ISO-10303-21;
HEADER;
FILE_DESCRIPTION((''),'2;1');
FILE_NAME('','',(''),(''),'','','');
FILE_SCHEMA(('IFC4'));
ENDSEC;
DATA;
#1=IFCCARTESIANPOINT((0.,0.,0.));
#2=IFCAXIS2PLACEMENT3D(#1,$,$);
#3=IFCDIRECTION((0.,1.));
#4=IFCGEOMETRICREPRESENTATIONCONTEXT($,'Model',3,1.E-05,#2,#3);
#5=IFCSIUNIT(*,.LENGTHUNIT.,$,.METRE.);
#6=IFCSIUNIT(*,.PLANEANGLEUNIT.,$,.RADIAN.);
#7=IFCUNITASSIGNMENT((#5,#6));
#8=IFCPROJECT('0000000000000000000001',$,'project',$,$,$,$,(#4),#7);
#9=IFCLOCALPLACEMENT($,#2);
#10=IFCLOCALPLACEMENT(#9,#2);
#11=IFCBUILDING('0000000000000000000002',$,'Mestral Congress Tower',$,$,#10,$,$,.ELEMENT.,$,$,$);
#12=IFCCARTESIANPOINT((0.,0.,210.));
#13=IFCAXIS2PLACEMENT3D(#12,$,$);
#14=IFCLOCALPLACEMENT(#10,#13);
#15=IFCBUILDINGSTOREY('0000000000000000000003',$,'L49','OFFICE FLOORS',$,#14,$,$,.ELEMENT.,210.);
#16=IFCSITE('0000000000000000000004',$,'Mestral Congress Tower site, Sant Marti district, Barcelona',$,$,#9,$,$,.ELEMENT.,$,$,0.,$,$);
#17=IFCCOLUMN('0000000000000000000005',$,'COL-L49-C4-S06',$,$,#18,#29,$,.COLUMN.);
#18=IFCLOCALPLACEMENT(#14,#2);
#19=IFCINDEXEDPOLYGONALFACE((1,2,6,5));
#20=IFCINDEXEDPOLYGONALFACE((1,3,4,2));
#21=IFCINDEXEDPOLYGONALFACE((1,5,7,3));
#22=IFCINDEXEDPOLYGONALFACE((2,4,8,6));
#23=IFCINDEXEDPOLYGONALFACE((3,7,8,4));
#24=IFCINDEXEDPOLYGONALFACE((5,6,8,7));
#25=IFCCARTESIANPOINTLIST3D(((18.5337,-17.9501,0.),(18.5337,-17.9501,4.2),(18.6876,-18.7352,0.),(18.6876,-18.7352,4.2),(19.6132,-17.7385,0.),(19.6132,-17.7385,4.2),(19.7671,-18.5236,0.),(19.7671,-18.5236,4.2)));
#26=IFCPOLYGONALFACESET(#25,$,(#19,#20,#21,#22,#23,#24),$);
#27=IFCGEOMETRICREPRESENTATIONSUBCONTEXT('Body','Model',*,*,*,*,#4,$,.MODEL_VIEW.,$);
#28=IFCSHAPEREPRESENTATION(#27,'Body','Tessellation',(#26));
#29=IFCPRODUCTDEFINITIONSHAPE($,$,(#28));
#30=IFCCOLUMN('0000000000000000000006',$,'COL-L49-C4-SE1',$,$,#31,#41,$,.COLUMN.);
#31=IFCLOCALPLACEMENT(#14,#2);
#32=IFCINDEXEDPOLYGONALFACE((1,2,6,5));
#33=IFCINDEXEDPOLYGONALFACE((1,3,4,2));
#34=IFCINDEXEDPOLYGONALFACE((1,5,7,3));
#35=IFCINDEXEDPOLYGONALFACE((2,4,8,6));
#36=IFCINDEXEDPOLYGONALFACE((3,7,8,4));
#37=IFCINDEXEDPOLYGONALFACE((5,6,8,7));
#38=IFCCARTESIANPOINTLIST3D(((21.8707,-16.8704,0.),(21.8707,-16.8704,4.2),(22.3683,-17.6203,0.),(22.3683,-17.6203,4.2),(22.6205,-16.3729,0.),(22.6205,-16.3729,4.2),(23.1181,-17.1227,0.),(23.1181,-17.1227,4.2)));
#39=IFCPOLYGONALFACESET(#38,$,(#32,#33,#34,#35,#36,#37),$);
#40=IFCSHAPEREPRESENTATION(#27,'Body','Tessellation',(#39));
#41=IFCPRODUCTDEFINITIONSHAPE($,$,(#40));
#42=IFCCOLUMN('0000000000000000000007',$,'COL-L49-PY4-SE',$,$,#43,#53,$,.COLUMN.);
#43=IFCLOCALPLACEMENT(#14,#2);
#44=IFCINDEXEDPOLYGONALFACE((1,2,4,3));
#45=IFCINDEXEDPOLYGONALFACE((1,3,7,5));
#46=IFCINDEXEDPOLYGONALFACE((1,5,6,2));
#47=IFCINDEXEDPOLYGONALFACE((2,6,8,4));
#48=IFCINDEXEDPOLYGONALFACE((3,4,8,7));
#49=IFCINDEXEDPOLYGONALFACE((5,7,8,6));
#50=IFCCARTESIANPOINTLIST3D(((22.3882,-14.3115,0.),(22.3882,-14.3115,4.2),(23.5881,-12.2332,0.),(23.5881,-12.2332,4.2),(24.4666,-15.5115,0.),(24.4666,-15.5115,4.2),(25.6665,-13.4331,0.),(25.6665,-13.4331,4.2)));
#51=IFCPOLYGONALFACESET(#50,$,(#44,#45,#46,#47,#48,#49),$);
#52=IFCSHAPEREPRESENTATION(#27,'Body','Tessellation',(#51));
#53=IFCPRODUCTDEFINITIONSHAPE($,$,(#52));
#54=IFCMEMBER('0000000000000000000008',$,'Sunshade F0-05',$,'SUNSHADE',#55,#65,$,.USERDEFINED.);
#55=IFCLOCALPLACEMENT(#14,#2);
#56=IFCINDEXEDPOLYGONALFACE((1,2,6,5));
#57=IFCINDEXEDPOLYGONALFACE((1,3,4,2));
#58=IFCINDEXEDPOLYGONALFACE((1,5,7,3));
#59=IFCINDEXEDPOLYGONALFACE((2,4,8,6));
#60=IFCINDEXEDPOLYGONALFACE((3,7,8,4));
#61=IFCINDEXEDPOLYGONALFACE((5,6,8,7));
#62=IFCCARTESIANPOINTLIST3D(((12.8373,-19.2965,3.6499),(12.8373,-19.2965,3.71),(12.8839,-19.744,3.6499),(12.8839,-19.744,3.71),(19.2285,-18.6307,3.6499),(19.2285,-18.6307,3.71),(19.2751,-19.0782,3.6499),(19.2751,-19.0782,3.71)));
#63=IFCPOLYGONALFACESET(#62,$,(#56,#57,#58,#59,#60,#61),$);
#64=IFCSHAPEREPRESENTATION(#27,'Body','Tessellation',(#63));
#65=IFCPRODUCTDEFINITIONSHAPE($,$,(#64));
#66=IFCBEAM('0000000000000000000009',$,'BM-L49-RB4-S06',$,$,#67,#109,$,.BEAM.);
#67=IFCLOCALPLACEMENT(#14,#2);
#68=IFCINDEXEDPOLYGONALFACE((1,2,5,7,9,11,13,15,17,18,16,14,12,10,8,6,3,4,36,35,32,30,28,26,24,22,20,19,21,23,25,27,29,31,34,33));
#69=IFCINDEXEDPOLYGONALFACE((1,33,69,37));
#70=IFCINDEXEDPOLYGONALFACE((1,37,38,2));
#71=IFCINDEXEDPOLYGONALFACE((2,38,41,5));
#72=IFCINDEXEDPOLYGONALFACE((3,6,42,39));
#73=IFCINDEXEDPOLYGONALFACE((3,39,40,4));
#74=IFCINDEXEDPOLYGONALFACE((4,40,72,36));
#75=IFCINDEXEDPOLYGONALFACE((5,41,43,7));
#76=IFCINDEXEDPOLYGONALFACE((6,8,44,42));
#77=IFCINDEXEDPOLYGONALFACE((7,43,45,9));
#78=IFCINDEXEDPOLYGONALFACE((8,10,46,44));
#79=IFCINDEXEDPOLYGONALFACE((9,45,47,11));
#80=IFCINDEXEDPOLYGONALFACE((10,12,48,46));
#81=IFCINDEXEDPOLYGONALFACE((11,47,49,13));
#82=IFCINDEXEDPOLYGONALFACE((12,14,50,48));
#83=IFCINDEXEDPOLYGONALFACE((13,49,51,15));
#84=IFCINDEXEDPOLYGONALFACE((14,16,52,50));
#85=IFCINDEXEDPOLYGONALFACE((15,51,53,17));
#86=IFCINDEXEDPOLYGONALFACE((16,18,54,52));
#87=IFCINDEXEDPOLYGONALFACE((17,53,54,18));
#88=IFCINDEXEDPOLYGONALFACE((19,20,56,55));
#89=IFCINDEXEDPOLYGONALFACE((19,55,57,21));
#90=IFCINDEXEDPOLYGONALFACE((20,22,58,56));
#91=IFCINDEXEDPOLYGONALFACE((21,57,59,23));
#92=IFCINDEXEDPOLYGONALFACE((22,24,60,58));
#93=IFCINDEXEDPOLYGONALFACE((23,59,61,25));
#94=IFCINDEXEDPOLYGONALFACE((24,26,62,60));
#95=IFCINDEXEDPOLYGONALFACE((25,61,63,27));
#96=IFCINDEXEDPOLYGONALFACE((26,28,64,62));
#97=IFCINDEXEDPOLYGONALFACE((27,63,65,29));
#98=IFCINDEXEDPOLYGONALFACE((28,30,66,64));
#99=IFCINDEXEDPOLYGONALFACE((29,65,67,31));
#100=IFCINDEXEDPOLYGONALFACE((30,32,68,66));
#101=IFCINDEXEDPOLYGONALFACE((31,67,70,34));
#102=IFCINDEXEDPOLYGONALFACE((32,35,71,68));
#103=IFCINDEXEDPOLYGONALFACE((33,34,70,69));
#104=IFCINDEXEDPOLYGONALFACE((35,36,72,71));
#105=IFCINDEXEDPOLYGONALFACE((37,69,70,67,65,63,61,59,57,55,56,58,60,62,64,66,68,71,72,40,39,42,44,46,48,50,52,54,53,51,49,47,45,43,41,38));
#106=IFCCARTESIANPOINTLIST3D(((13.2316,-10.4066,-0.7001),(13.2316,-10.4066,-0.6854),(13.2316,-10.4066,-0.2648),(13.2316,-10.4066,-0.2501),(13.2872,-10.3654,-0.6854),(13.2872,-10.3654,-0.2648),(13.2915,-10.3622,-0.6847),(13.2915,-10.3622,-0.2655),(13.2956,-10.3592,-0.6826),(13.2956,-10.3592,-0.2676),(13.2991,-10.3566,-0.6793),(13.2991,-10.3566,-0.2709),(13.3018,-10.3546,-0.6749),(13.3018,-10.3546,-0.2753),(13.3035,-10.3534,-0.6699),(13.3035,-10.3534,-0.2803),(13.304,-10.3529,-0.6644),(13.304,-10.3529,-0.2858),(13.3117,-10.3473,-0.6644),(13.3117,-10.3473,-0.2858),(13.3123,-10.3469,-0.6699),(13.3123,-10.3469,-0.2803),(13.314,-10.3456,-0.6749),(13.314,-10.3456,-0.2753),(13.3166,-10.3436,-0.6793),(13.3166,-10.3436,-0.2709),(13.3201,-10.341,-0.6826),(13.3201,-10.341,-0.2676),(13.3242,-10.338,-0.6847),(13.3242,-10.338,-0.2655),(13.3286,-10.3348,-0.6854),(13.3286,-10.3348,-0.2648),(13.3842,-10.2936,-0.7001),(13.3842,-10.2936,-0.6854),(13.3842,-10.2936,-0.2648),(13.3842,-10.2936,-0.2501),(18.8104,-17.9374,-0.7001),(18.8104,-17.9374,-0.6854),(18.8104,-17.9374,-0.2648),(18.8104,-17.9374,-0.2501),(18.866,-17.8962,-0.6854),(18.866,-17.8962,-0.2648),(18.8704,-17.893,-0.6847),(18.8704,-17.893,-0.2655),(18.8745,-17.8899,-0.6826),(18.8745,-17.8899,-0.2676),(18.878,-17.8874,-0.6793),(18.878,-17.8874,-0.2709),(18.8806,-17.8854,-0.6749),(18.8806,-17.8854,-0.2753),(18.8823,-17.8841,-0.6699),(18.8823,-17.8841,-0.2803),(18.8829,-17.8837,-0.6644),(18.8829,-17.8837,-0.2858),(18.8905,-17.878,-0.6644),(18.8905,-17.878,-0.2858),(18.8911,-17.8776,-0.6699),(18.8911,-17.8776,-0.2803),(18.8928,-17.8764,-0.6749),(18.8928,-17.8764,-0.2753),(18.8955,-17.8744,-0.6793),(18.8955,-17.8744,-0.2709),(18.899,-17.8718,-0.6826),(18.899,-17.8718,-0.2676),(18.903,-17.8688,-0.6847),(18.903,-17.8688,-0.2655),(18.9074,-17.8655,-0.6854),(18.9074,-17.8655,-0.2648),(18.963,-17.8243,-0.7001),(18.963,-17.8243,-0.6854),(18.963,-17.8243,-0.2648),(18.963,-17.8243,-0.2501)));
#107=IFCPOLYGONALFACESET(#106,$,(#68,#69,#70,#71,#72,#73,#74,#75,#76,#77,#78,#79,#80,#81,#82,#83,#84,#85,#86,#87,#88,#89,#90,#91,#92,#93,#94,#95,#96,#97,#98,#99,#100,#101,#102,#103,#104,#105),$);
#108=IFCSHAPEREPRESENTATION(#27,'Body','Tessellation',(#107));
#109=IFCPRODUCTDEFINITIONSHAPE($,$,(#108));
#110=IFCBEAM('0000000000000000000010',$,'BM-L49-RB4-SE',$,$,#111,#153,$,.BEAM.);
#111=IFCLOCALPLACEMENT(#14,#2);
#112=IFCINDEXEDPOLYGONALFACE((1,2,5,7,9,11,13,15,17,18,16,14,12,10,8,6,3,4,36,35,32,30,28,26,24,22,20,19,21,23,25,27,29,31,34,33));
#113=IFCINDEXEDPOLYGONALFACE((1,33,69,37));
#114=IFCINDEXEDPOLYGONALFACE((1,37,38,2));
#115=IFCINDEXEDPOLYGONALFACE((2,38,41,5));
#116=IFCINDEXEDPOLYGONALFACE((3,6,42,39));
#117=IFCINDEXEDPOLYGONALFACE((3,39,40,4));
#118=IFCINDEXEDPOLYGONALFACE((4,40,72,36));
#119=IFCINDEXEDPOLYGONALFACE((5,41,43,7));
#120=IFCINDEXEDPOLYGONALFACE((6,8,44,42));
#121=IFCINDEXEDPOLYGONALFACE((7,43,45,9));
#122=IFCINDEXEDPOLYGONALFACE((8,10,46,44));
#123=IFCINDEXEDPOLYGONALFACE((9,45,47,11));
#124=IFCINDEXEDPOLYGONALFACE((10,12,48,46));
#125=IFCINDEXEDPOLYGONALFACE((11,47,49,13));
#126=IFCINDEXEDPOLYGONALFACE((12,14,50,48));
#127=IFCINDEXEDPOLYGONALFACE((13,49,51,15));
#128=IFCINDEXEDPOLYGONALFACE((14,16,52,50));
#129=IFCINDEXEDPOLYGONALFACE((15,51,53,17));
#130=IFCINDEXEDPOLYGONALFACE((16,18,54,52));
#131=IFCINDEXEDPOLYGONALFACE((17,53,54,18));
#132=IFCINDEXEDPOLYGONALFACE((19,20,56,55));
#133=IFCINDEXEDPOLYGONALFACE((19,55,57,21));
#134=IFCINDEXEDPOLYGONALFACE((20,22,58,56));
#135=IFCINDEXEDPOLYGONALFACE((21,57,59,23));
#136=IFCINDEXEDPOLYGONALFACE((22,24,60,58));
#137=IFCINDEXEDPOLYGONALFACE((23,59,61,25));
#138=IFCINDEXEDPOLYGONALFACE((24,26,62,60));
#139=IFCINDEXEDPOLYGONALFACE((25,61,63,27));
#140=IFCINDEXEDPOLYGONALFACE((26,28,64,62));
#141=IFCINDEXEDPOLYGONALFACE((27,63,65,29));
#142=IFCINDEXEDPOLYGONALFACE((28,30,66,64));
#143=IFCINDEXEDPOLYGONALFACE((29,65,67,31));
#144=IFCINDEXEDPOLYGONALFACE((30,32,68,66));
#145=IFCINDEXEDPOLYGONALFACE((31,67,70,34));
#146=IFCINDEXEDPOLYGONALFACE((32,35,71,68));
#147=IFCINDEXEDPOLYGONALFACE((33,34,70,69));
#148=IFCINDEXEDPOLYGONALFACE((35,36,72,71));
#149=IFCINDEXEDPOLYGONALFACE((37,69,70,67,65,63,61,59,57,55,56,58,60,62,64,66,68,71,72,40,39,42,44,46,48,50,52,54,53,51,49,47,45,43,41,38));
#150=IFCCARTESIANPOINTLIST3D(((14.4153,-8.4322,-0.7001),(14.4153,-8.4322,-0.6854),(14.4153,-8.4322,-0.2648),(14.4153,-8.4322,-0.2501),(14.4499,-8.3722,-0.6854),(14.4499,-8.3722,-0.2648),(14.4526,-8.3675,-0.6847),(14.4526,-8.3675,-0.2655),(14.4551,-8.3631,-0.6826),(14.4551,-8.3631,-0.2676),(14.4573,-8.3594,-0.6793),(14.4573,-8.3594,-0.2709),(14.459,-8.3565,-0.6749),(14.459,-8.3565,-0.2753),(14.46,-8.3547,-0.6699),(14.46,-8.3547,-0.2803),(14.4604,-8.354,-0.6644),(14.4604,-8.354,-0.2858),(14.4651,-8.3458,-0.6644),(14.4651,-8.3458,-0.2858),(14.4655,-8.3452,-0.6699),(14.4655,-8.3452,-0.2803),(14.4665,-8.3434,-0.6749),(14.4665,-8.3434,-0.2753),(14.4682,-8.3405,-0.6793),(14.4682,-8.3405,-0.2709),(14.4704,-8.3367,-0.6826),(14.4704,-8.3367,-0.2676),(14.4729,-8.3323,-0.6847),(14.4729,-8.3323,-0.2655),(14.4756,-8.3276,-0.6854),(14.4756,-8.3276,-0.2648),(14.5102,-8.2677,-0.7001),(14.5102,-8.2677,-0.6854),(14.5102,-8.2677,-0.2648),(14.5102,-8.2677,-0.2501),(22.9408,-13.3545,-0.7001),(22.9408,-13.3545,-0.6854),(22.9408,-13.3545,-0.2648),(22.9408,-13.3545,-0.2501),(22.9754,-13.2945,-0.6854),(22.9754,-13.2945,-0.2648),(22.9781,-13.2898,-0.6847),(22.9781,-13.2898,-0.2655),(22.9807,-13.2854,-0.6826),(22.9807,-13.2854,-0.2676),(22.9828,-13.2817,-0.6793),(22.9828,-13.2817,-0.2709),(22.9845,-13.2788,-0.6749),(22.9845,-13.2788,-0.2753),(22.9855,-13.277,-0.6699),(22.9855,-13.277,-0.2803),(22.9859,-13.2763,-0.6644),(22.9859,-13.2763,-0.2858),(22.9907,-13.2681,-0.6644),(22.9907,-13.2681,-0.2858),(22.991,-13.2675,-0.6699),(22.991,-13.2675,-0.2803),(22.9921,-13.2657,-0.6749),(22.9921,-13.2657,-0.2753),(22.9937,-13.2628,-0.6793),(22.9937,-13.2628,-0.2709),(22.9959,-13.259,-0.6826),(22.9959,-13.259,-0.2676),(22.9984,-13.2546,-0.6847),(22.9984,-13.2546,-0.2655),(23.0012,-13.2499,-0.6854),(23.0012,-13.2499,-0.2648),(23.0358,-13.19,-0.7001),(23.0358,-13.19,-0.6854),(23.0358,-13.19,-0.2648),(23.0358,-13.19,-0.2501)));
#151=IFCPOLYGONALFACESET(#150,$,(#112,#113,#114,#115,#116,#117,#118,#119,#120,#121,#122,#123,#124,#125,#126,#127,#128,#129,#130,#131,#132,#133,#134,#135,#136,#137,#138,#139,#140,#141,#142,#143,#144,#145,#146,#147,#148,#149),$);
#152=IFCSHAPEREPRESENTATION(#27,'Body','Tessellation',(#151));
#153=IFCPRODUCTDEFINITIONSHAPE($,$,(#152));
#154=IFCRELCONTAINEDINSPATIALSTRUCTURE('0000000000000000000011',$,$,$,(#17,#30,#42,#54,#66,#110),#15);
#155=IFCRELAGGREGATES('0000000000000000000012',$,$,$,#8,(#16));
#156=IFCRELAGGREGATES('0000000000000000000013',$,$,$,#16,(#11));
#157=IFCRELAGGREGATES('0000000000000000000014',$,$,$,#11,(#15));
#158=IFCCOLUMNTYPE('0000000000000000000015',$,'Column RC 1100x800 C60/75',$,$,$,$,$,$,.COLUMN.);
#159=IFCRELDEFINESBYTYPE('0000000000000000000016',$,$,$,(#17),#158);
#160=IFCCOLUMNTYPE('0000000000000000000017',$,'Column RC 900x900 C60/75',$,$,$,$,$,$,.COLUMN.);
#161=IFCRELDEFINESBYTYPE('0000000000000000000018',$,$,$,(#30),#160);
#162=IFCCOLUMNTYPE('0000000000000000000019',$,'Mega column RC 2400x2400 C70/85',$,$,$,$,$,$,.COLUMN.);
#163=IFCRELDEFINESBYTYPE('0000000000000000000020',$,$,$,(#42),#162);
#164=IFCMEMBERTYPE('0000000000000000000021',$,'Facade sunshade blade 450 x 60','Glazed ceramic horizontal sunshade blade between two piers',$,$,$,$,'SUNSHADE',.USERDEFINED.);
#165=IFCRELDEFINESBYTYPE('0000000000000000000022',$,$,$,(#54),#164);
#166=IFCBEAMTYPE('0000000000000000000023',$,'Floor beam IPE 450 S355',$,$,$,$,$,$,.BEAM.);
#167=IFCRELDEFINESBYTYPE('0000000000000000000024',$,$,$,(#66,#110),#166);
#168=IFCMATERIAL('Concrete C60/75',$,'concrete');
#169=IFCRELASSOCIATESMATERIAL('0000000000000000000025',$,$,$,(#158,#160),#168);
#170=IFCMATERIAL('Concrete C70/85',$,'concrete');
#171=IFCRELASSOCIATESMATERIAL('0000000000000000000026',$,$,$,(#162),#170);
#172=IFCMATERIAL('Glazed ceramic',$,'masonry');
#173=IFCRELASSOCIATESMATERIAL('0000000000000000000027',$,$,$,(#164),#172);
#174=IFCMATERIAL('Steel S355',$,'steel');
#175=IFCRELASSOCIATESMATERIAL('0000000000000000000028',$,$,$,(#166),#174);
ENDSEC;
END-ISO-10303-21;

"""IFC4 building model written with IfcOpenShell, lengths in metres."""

from ifc_helpers import new_model, si_unit, direction, frame, origin, origin_2d, place, context, subcontext, project, spatial, rectangle, i_section, extrude, material, material_profile, profile_set, type_object, element, save


model = new_model("IFC4")

# Units and contexts
model_context = context("Model", 3, precision=1e-05, world=origin(), true_north=direction((0.0, 1.0)))
body_context = subcontext(model_context, "Body", "Model", "MODEL_VIEW")
ifc_project = project(units=[si_unit("LENGTHUNIT", "METRE"), si_unit("PLANEANGLEUNIT", "RADIAN")], contexts=[model_context])

# Site, building, storey
site_placement = place(None, origin())
site = spatial("IfcSite", under=ifc_project, at=site_placement, Name="Mestral Congress Tower site, Sant Marti district, Barcelona", CompositionType="ELEMENT", RefElevation=0.0)
building_placement = place(site_placement, origin())
building = spatial("IfcBuilding", under=site, at=building_placement, Name="Mestral Congress Tower", CompositionType="ELEMENT")
storey_placement = place(building_placement, frame((0.0, 0.0, 210.0)))
storey = spatial("IfcBuildingStorey", under=building, at=storey_placement, Name="L49", Description="OFFICE FLOORS", CompositionType="ELEMENT", Elevation=210.0)

# Columns
ifc_material_1 = material(Name="Concrete C60/75", Category="concrete")
ifc_material_profile_1 = material_profile(ifc_material_1, rectangle(XDim=1.1001, YDim=0.8, at=origin_2d()), Name="RC 1100x800")
ifc_profile_set_1 = profile_set([ifc_material_profile_1], Name="Concrete C60/75")
column_type_1 = type_object("IfcColumnType", Name="Column RC 1100x800 C60/75", PredefinedType="COLUMN", material=ifc_profile_set_1)
column_1_placement = place(storey_placement, frame((19.1504, -18.2368, 0.0), z_axis=(0.0, 0.0, 1.0), x_axis=(0.981325, 0.192359, 0.0)))
element("IfcColumn", 1, at=column_1_placement, inside=storey, type_object=column_type_1, Name="COL-L49-C4-S06", PredefinedType="COLUMN", context=body_context, shape_type="SweptSolid", body=[
    extrude(rectangle(XDim=1.1001, YDim=0.8, at=origin_2d()), origin(), (0.0, 0.0, 1.0), 4.2),
])
ifc_material_profile_2 = material_profile(ifc_material_1, rectangle(XDim=0.8999, YDim=0.8999, at=origin_2d()), Name="RC 900x900")
ifc_profile_set_2 = profile_set([ifc_material_profile_2], Name="Concrete C60/75")
column_type_2 = type_object("IfcColumnType", Name="Column RC 900x900 C60/75", PredefinedType="COLUMN", material=ifc_profile_set_2)
column_2_placement = place(storey_placement, frame((22.4944, -16.9966, 0.0), z_axis=(0.0, 0.0, 1.0), x_axis=(0.833239, 0.552913, 0.0)))
element("IfcColumn", 2, at=column_2_placement, inside=storey, type_object=column_type_2, Name="COL-L49-C4-SE1", PredefinedType="COLUMN", context=body_context, shape_type="SweptSolid", body=[
    extrude(rectangle(XDim=0.8999, YDim=0.8999, at=origin_2d()), origin(), (0.0, 0.0, 1.0), 4.2),
])
ifc_material_2 = material(Name="Concrete C70/85", Category="concrete")
ifc_material_profile_3 = material_profile(ifc_material_2, rectangle(XDim=2.3999, YDim=2.3999, at=origin_2d()), Name="RC 2400x2400")
ifc_profile_set_3 = profile_set([ifc_material_profile_3], Name="Concrete C70/85")
column_type_3 = type_object("IfcColumnType", Name="Mega column RC 2400x2400 C70/85", PredefinedType="COLUMN", material=ifc_profile_set_3)
column_3_placement = place(storey_placement, frame((24.0273, -13.8723, 0.0), z_axis=(0.0, 0.0, 1.0), x_axis=(0.866025, -0.5, 0.0)))
element("IfcColumn", 3, at=column_3_placement, inside=storey, type_object=column_type_3, Name="COL-L49-PY4-SE", PredefinedType="COLUMN", context=body_context, shape_type="SweptSolid", body=[
    extrude(rectangle(XDim=2.3999, YDim=2.3999, at=origin_2d()), origin(), (0.0, 0.0, 1.0), 4.2),
])

# Member
ifc_material_3 = material(Name="Glazed ceramic", Category="masonry")
ifc_material_profile_4 = material_profile(ifc_material_3, rectangle(XDim=0.45, YDim=0.0601, at=origin_2d()), Name="Ceramic blade 450 x 60")
ifc_profile_set_4 = profile_set([ifc_material_profile_4], Name="Glazed ceramic")
member_type = type_object("IfcMemberType", Name="Facade sunshade blade 450 x 60", Description="Glazed ceramic horizontal sunshade blade between two piers", ElementType="SUNSHADE", PredefinedType="USERDEFINED", material=ifc_profile_set_4)
member_placement = place(storey_placement, frame((12.8606, -19.5203, 3.6799), z_axis=(0.994618, 0.103611, 0.0), x_axis=(-0.103611, 0.994618, 0.0)))
element("IfcMember", 4, at=member_placement, inside=storey, type_object=member_type, Name="Sunshade F0-05", ObjectType="SUNSHADE", PredefinedType="USERDEFINED", context=body_context, shape_type="SweptSolid", body=[
    extrude(rectangle(XDim=0.45, YDim=0.0601, at=origin_2d()), origin(), (0.0, 0.0, 1.0), 6.4258),
])

# Beams
ifc_material_4 = material(Name="Steel S355", Category="steel")
ifc_material_profile_5 = material_profile(ifc_material_4, i_section(OverallWidth=0.1899, OverallDepth=0.45, WebThickness=0.0095, FlangeThickness=0.0146, FilletRadius=0.021, at=origin_2d()), Name="IPE 450")
ifc_profile_set_5 = profile_set([ifc_material_profile_5], Name="Steel S355")
beam_type_1 = type_object("IfcBeamType", Name="Floor beam IPE 450 S355", PredefinedType="BEAM", material=ifc_profile_set_5)
beam_1_placement = place(storey_placement, frame((18.8867, -17.8809, -0.4751), z_axis=(-0.595263, 0.803531, 0.0), x_axis=(-0.803531, -0.595263, 0.0)))
element("IfcBeam", 5, at=beam_1_placement, inside=storey, type_object=beam_type_1, Name="BM-L49-RB4-S06", PredefinedType="BEAM", context=body_context, shape_type="SweptSolid", body=[
    extrude(i_section(OverallWidth=0.1899, OverallDepth=0.45, WebThickness=0.0095, FlangeThickness=0.0146, FilletRadius=0.021, at=origin_2d()), origin(), (0.0, 0.0, 1.0), 9.3721),
])
beam_2_placement = place(storey_placement, frame((22.9883, -13.2722, -0.4751), z_axis=(-0.866022, 0.500007, 0.0), x_axis=(-0.500007, -0.866022, 0.0)))
element("IfcBeam", 6, at=beam_2_placement, inside=storey, type_object=beam_type_1, Name="BM-L49-RB4-SE", PredefinedType="BEAM", context=body_context, shape_type="SweptSolid", body=[
    extrude(i_section(OverallWidth=0.1899, OverallDepth=0.45, WebThickness=0.0095, FlangeThickness=0.0146, FilletRadius=0.021, at=origin_2d()), origin(), (0.0, 0.0, 1.0), 9.8445),
])

save(model, "model.ifc")
